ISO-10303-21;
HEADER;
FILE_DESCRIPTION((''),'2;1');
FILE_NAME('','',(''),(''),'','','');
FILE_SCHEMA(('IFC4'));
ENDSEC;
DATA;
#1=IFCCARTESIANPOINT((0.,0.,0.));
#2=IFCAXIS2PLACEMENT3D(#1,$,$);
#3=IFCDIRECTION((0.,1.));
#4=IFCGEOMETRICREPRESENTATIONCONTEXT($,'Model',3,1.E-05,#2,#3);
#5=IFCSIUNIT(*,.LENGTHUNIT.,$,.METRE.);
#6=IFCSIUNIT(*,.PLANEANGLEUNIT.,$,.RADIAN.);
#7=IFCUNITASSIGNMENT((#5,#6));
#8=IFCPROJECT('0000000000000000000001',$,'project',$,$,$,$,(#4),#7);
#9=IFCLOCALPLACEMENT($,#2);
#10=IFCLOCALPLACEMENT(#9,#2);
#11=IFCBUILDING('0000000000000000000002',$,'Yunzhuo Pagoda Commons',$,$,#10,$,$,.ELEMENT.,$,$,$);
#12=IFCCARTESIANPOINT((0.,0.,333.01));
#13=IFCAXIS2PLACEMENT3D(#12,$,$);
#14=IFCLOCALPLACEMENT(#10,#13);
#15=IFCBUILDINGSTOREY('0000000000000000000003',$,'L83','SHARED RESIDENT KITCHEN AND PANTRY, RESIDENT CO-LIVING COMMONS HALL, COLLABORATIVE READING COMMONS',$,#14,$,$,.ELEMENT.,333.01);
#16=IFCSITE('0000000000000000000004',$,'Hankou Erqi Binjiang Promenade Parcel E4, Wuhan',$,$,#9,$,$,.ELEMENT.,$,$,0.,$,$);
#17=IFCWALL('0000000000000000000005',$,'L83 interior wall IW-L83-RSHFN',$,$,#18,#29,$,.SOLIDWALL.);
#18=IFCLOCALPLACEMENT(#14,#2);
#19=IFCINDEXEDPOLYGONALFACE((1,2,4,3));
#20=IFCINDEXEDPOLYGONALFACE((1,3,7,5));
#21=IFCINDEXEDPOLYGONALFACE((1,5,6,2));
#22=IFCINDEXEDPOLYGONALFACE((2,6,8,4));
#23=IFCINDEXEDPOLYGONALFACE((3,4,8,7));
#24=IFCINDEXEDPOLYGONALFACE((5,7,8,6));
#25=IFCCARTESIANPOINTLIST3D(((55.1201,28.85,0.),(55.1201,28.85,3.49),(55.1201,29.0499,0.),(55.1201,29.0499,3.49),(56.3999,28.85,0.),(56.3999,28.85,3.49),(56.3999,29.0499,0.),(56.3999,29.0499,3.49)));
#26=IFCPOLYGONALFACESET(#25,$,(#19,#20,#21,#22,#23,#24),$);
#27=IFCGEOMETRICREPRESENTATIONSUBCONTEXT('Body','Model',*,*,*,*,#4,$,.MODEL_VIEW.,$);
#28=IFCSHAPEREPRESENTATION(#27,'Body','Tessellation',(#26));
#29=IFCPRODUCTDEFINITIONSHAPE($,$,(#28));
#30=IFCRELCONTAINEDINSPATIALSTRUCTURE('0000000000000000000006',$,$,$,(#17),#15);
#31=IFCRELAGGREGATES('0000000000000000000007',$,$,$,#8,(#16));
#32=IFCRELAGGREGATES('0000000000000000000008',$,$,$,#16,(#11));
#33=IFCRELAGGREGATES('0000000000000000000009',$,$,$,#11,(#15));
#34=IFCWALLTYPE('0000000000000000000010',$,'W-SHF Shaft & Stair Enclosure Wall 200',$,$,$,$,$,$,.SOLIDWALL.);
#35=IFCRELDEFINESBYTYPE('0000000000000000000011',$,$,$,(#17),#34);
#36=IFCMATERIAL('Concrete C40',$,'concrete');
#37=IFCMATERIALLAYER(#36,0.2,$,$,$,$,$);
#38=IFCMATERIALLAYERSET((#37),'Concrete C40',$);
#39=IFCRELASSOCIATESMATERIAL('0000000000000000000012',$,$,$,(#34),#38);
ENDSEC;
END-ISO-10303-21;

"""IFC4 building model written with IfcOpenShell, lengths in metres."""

from ifc_helpers import new_model, si_unit, direction, frame, frame_2d, origin, place, context, subcontext, project, spatial, rectangle, extrude, material, layer, layer_set, type_object, element, save


model = new_model("IFC4")

# Units and contexts
model_context = context("Model", 3, precision=1e-05, world=origin(), true_north=direction((0.0, 1.0)))
body_context = subcontext(model_context, "Body", "Model", "MODEL_VIEW")
ifc_project = project(units=[si_unit("LENGTHUNIT", "METRE"), si_unit("PLANEANGLEUNIT", "RADIAN")], contexts=[model_context])

# Site, building, storey
site_placement = place(None, origin())
site = spatial("IfcSite", under=ifc_project, at=site_placement, Name="Hankou Erqi Binjiang Promenade Parcel E4, Wuhan", CompositionType="ELEMENT", RefElevation=0.0)
building_placement = place(site_placement, origin())
building = spatial("IfcBuilding", under=site, at=building_placement, Name="Yunzhuo Pagoda Commons", CompositionType="ELEMENT")
storey_placement = place(building_placement, frame((0.0, 0.0, 333.01)))
storey = spatial("IfcBuildingStorey", under=building, at=storey_placement, Name="L83", Description="SHARED RESIDENT KITCHEN AND PANTRY, RESIDENT CO-LIVING COMMONS HALL, COLLABORATIVE READING COMMONS", CompositionType="ELEMENT", Elevation=333.01)

# Shared definitions
ifc_material_1 = material(Name="Concrete C40", Category="concrete")
ifc_layer_1 = layer(ifc_material_1, 0.2)
ifc_layer_set_1 = layer_set([ifc_layer_1], Name="Concrete C40")
wall_type_1 = type_object("IfcWallType", Name="W-SHF Shaft & Stair Enclosure Wall 200", PredefinedType="SOLIDWALL", material=ifc_layer_set_1)

# Wall
wall_1_placement = place(storey_placement, frame((55.1201, 28.95, 0.0), z_axis=(0.0, 0.0, 1.0), x_axis=(1.0, 0.0, 0.0)))
element("IfcWall", 1, at=wall_1_placement, inside=storey, type_object=wall_type_1, Name="L83 interior wall IW-L83-RSHFN", PredefinedType="SOLIDWALL", context=body_context, shape_type="SweptSolid", body=[
    extrude(rectangle(XDim=1.2798, YDim=0.2, at=frame_2d((0.6399, 0.0))), origin(), (0.0, 0.0, 1.0), 3.49),
])

save(model, "model.ifc")
